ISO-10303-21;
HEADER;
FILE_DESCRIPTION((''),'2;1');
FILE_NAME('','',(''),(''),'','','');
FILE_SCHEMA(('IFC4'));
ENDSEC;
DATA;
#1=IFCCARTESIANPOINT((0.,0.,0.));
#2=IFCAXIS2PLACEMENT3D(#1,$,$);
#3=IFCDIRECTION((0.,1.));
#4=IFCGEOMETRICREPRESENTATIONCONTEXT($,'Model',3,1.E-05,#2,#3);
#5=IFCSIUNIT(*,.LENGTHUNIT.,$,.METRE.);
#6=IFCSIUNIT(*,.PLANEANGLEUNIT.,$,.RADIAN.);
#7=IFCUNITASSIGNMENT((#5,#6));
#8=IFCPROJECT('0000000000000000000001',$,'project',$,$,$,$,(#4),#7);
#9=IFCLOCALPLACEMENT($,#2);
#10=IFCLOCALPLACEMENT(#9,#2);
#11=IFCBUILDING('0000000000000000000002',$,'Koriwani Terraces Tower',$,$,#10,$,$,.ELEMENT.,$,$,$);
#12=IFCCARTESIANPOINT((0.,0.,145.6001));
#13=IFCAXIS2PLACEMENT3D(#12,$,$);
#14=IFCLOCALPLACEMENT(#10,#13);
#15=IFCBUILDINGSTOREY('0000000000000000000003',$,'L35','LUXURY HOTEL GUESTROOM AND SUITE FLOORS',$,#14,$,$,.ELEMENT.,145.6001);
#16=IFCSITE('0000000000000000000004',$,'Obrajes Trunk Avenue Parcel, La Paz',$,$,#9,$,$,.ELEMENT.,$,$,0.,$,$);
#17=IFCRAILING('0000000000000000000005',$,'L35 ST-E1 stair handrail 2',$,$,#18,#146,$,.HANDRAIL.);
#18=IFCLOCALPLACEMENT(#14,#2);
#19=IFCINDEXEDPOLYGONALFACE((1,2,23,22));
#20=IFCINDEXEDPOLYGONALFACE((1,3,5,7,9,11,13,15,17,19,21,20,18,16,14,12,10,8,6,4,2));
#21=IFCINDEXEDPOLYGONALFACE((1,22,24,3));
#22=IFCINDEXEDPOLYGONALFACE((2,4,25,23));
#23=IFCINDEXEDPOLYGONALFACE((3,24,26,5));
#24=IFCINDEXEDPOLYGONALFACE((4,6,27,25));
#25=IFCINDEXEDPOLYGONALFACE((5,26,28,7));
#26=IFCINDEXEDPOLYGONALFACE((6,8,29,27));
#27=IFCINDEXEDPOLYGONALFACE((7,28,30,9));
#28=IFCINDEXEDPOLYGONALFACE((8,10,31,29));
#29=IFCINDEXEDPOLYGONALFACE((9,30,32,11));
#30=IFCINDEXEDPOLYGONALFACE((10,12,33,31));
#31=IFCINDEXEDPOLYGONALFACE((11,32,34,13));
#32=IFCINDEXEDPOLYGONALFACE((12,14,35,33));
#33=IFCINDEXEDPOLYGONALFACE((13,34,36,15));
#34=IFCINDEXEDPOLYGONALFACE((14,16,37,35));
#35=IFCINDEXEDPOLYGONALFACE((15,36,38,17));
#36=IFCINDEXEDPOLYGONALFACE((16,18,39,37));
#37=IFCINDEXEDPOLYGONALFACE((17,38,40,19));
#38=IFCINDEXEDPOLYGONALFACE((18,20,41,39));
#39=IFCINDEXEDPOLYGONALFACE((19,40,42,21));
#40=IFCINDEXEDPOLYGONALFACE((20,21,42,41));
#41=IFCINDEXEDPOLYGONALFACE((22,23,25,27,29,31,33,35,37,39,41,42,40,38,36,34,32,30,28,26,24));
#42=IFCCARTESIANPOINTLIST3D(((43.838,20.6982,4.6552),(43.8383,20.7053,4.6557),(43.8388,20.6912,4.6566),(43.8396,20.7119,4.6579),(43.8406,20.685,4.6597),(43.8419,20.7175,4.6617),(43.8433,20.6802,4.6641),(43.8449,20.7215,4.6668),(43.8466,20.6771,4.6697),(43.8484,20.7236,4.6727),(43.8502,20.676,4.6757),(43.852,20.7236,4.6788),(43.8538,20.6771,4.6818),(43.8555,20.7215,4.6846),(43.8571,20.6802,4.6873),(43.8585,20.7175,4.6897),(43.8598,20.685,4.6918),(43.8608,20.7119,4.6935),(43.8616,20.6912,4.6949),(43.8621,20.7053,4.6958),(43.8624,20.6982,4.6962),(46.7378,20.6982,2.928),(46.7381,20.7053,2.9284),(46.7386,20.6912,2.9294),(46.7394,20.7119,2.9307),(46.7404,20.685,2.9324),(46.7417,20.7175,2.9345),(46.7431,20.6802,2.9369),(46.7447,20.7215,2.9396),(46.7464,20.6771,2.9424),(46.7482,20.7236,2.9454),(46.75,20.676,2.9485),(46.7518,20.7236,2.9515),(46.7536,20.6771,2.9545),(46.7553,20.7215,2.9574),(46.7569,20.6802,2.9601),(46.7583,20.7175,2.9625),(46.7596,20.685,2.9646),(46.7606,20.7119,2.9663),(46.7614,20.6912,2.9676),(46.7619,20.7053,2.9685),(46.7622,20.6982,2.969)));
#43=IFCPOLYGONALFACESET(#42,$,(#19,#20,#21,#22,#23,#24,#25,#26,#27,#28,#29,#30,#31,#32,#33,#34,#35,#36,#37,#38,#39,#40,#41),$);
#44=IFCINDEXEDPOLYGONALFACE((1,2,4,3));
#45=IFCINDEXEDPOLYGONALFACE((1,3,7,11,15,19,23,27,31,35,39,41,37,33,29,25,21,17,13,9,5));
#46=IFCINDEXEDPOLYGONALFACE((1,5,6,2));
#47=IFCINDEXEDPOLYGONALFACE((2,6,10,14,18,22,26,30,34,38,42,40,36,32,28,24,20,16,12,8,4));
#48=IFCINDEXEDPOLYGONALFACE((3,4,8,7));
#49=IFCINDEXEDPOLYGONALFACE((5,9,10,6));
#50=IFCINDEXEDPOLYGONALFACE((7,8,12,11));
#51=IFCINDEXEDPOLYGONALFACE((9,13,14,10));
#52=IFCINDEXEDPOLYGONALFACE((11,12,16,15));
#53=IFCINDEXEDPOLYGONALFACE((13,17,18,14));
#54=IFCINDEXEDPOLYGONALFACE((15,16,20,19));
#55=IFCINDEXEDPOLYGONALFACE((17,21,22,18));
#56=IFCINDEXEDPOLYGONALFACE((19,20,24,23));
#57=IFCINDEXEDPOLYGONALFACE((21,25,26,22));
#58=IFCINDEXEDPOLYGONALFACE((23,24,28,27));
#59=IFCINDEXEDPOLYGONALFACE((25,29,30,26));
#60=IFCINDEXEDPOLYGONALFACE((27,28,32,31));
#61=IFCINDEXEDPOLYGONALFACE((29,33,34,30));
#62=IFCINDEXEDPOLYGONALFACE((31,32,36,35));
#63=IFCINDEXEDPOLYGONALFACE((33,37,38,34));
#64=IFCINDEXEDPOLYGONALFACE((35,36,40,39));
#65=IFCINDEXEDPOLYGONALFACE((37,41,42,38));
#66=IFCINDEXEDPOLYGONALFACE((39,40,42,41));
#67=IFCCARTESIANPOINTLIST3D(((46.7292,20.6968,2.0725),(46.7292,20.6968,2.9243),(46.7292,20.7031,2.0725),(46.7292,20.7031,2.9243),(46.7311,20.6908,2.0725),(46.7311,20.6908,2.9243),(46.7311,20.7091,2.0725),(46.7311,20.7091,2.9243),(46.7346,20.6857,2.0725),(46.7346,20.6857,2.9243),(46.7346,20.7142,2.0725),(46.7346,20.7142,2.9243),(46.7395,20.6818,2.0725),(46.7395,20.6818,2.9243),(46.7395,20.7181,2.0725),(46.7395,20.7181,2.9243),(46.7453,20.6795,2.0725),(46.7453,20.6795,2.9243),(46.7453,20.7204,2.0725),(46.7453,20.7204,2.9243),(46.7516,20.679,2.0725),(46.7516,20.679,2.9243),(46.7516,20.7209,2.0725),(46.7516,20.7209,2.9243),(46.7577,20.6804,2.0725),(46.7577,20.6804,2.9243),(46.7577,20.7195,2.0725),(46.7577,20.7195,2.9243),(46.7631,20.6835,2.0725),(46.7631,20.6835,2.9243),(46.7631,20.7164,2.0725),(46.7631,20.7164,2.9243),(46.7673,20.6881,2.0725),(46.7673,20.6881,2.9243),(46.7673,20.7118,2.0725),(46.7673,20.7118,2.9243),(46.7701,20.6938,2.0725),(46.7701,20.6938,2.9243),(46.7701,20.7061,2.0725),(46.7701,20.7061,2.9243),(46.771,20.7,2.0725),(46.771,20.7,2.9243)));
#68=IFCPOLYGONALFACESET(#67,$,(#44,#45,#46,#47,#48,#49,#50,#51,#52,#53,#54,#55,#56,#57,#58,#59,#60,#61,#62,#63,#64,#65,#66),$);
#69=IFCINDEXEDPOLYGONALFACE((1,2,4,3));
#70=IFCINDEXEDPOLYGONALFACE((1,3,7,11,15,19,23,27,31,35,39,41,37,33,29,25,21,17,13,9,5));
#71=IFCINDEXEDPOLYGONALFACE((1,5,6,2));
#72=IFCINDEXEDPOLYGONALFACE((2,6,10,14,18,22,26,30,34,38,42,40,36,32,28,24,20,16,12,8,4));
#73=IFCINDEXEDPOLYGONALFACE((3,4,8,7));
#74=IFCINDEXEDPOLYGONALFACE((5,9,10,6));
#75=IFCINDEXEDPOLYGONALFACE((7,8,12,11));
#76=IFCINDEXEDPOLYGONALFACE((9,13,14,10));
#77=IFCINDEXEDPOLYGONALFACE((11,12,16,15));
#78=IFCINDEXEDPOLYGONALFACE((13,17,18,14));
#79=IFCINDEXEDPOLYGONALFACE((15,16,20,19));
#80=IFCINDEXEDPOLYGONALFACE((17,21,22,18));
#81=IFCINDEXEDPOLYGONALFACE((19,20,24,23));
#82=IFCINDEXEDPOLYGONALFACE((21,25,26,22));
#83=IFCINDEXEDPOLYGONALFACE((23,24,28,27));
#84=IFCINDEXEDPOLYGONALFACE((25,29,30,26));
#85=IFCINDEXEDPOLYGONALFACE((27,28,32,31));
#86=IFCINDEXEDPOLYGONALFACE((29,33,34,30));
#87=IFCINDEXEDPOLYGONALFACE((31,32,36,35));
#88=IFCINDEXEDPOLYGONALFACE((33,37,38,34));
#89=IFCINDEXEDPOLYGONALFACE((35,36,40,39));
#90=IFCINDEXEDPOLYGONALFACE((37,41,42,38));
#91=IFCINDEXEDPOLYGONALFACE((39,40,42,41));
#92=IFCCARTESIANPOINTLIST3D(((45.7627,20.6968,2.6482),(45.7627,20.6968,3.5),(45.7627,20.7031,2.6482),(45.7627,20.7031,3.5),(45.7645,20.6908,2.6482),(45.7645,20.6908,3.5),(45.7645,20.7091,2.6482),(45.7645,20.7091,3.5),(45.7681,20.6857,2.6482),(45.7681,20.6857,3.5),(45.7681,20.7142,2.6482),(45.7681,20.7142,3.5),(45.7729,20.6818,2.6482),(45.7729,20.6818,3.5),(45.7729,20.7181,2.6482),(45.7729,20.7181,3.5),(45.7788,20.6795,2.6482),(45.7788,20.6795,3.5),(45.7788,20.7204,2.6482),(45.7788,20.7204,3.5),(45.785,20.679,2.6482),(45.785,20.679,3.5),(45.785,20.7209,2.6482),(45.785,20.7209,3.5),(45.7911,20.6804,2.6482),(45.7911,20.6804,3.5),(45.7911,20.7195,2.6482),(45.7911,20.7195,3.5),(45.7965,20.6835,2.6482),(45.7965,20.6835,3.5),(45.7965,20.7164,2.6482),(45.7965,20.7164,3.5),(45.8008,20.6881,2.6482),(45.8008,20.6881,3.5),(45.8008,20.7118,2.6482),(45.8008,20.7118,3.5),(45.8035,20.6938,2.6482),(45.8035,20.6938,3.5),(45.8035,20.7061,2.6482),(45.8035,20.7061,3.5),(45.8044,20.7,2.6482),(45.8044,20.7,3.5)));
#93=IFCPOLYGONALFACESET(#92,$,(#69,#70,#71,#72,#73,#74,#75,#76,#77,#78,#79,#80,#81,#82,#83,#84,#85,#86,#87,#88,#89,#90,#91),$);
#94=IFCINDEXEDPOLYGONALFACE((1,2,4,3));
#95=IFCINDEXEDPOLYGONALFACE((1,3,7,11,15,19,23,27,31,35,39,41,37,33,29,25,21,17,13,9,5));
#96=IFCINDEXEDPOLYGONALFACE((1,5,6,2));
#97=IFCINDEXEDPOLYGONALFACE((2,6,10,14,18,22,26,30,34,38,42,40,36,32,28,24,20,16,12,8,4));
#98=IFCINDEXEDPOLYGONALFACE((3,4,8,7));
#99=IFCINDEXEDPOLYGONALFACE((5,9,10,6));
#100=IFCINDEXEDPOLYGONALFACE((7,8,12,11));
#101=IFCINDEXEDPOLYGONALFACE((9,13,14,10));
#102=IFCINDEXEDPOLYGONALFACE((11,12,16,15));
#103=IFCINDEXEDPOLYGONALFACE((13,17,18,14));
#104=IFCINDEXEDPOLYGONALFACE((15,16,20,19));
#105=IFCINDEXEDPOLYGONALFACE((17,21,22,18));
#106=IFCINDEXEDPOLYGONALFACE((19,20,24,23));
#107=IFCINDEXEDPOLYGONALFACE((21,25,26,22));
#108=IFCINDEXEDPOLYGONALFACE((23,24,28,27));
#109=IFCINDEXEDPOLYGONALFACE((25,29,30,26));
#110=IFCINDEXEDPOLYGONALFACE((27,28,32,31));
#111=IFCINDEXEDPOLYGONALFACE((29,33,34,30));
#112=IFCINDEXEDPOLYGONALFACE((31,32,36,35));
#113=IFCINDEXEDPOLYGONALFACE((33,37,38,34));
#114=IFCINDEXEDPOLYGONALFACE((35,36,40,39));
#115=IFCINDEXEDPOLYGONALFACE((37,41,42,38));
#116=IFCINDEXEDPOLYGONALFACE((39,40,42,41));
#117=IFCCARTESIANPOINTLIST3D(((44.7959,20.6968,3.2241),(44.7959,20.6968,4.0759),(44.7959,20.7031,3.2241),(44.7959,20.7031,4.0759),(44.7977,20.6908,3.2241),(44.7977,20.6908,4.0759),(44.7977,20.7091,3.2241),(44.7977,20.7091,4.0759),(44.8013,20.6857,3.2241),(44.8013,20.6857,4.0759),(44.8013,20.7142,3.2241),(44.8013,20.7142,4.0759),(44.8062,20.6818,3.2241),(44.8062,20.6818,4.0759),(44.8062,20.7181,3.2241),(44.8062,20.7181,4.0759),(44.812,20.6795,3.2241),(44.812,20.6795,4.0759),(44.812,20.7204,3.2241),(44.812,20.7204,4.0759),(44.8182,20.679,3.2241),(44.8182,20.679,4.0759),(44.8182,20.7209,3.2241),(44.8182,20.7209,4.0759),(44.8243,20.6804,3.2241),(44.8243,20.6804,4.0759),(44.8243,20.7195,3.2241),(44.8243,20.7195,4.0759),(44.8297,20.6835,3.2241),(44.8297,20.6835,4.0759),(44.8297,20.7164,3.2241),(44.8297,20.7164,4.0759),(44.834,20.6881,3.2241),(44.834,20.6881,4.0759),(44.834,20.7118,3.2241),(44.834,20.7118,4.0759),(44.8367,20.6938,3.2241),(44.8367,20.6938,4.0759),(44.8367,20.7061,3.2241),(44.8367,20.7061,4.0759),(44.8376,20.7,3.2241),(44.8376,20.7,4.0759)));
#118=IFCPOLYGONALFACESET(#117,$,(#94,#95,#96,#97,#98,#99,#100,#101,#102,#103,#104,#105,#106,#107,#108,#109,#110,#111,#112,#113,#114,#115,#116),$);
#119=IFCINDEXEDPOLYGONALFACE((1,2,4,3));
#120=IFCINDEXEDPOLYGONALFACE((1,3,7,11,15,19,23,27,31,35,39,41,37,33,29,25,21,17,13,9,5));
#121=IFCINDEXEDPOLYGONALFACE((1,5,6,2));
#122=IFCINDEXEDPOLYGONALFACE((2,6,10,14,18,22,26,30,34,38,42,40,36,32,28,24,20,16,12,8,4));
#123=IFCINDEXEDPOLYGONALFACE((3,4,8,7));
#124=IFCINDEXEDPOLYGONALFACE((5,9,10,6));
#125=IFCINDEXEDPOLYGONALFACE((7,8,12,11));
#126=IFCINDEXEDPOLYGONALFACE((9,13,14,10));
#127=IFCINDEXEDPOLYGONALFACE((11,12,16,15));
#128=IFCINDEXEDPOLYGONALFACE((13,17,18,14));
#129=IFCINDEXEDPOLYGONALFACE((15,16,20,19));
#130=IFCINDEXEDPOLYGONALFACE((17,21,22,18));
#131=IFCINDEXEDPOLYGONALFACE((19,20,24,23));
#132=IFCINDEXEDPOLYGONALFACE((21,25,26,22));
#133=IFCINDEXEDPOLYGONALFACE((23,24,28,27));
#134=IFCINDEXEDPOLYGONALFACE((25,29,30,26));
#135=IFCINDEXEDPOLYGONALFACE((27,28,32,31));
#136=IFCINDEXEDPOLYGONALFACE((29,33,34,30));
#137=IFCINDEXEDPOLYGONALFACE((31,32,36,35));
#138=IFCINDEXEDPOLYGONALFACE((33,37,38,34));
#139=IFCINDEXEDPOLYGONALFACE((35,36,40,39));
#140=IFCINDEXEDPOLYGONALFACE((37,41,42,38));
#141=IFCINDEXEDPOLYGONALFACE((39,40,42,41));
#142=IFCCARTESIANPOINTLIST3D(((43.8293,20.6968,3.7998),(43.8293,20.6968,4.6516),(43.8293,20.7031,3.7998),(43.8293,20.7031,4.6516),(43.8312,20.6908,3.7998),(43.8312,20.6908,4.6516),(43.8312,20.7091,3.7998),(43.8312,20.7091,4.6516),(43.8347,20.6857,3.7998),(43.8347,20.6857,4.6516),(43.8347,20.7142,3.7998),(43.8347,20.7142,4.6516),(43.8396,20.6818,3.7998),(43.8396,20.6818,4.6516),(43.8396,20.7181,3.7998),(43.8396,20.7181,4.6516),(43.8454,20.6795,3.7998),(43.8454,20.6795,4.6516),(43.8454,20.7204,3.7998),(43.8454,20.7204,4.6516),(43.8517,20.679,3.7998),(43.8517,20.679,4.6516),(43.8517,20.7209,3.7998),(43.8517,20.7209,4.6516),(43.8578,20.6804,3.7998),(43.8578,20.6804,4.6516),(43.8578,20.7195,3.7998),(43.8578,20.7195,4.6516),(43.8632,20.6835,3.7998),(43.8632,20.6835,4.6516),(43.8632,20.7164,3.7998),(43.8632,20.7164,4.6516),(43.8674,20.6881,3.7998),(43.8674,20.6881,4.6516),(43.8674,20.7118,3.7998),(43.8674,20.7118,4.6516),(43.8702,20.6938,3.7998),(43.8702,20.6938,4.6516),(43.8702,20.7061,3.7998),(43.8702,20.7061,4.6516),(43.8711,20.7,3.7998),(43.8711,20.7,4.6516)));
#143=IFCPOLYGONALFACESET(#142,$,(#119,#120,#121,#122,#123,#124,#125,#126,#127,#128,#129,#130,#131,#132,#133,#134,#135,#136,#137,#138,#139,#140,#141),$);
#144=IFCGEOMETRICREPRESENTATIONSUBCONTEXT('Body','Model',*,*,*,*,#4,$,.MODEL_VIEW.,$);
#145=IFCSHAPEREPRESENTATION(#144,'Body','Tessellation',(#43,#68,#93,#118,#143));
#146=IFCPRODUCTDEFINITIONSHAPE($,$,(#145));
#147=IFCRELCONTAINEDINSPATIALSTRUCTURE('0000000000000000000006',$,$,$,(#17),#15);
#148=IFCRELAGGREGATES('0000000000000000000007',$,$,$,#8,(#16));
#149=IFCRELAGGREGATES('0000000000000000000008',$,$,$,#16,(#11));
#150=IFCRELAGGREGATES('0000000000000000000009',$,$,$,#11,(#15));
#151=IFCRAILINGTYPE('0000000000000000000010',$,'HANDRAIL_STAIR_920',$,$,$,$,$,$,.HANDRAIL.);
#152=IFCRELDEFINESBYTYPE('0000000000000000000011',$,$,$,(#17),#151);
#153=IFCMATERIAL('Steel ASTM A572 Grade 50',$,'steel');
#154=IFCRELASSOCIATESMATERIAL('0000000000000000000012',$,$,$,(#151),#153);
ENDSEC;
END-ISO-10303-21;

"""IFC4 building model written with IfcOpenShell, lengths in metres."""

from ifc_helpers import new_model, si_unit, direction, frame, origin, origin_2d, place, context, subcontext, project, spatial, circle, extrude, material, type_object, element, save


model = new_model("IFC4")

# Units and contexts
model_context = context("Model", 3, precision=1e-05, world=origin(), true_north=direction((0.0, 1.0)))
body_context = subcontext(model_context, "Body", "Model", "MODEL_VIEW")
ifc_project = project(units=[si_unit("LENGTHUNIT", "METRE"), si_unit("PLANEANGLEUNIT", "RADIAN")], contexts=[model_context])

# Site, building, storey
site_placement = place(None, origin())
site = spatial("IfcSite", under=ifc_project, at=site_placement, Name="Obrajes Trunk Avenue Parcel, La Paz", CompositionType="ELEMENT", RefElevation=0.0)
building_placement = place(site_placement, origin())
building = spatial("IfcBuilding", under=site, at=building_placement, Name="Koriwani Terraces Tower", CompositionType="ELEMENT")
storey_placement = place(building_placement, frame((0.0, 0.0, 145.6001)))
storey = spatial("IfcBuildingStorey", under=building, at=storey_placement, Name="L35", Description="LUXURY HOTEL GUESTROOM AND SUITE FLOORS", CompositionType="ELEMENT", Elevation=145.6001)

# Shared definitions
ifc_material_1 = material(Name="Steel ASTM A572 Grade 50", Category="steel")

# Railing
railing_type_1 = type_object("IfcRailingType", Name="HANDRAIL_STAIR_920", PredefinedType="HANDRAIL", material=ifc_material_1)
railing_1_placement = place(storey_placement, frame((46.75, 20.7, 2.0725)))
element("IfcRailing", 1, at=railing_1_placement, inside=storey, type_object=railing_type_1, Name="L35 ST-E1 stair handrail 2", PredefinedType="HANDRAIL", context=body_context, shape_type="SweptSolid", body=[
    extrude(circle(Radius=0.0239, at=origin_2d()), frame((0.0, 0.0, 0.876), z_axis=(-0.859141, 0.0, 0.511738), x_axis=(0.0, -1.0, 0.0)), (0.0, 0.0, 1.0), 3.3752),
    extrude(circle(Radius=0.021, at=origin_2d()), origin(), (0.0, 0.0, 1.0), 0.8518),
    extrude(circle(Radius=0.021, at=origin_2d()), frame((-0.9666, 0.0, 0.5757)), (0.0, 0.0, 1.0), 0.8518),
    extrude(circle(Radius=0.021, at=origin_2d()), frame((-1.9333, 0.0, 1.1516)), (0.0, 0.0, 1.0), 0.8518),
    extrude(circle(Radius=0.021, at=origin_2d()), frame((-2.8999, 0.0, 1.7273)), (0.0, 0.0, 1.0), 0.8518),
])

save(model, "model.ifc")
